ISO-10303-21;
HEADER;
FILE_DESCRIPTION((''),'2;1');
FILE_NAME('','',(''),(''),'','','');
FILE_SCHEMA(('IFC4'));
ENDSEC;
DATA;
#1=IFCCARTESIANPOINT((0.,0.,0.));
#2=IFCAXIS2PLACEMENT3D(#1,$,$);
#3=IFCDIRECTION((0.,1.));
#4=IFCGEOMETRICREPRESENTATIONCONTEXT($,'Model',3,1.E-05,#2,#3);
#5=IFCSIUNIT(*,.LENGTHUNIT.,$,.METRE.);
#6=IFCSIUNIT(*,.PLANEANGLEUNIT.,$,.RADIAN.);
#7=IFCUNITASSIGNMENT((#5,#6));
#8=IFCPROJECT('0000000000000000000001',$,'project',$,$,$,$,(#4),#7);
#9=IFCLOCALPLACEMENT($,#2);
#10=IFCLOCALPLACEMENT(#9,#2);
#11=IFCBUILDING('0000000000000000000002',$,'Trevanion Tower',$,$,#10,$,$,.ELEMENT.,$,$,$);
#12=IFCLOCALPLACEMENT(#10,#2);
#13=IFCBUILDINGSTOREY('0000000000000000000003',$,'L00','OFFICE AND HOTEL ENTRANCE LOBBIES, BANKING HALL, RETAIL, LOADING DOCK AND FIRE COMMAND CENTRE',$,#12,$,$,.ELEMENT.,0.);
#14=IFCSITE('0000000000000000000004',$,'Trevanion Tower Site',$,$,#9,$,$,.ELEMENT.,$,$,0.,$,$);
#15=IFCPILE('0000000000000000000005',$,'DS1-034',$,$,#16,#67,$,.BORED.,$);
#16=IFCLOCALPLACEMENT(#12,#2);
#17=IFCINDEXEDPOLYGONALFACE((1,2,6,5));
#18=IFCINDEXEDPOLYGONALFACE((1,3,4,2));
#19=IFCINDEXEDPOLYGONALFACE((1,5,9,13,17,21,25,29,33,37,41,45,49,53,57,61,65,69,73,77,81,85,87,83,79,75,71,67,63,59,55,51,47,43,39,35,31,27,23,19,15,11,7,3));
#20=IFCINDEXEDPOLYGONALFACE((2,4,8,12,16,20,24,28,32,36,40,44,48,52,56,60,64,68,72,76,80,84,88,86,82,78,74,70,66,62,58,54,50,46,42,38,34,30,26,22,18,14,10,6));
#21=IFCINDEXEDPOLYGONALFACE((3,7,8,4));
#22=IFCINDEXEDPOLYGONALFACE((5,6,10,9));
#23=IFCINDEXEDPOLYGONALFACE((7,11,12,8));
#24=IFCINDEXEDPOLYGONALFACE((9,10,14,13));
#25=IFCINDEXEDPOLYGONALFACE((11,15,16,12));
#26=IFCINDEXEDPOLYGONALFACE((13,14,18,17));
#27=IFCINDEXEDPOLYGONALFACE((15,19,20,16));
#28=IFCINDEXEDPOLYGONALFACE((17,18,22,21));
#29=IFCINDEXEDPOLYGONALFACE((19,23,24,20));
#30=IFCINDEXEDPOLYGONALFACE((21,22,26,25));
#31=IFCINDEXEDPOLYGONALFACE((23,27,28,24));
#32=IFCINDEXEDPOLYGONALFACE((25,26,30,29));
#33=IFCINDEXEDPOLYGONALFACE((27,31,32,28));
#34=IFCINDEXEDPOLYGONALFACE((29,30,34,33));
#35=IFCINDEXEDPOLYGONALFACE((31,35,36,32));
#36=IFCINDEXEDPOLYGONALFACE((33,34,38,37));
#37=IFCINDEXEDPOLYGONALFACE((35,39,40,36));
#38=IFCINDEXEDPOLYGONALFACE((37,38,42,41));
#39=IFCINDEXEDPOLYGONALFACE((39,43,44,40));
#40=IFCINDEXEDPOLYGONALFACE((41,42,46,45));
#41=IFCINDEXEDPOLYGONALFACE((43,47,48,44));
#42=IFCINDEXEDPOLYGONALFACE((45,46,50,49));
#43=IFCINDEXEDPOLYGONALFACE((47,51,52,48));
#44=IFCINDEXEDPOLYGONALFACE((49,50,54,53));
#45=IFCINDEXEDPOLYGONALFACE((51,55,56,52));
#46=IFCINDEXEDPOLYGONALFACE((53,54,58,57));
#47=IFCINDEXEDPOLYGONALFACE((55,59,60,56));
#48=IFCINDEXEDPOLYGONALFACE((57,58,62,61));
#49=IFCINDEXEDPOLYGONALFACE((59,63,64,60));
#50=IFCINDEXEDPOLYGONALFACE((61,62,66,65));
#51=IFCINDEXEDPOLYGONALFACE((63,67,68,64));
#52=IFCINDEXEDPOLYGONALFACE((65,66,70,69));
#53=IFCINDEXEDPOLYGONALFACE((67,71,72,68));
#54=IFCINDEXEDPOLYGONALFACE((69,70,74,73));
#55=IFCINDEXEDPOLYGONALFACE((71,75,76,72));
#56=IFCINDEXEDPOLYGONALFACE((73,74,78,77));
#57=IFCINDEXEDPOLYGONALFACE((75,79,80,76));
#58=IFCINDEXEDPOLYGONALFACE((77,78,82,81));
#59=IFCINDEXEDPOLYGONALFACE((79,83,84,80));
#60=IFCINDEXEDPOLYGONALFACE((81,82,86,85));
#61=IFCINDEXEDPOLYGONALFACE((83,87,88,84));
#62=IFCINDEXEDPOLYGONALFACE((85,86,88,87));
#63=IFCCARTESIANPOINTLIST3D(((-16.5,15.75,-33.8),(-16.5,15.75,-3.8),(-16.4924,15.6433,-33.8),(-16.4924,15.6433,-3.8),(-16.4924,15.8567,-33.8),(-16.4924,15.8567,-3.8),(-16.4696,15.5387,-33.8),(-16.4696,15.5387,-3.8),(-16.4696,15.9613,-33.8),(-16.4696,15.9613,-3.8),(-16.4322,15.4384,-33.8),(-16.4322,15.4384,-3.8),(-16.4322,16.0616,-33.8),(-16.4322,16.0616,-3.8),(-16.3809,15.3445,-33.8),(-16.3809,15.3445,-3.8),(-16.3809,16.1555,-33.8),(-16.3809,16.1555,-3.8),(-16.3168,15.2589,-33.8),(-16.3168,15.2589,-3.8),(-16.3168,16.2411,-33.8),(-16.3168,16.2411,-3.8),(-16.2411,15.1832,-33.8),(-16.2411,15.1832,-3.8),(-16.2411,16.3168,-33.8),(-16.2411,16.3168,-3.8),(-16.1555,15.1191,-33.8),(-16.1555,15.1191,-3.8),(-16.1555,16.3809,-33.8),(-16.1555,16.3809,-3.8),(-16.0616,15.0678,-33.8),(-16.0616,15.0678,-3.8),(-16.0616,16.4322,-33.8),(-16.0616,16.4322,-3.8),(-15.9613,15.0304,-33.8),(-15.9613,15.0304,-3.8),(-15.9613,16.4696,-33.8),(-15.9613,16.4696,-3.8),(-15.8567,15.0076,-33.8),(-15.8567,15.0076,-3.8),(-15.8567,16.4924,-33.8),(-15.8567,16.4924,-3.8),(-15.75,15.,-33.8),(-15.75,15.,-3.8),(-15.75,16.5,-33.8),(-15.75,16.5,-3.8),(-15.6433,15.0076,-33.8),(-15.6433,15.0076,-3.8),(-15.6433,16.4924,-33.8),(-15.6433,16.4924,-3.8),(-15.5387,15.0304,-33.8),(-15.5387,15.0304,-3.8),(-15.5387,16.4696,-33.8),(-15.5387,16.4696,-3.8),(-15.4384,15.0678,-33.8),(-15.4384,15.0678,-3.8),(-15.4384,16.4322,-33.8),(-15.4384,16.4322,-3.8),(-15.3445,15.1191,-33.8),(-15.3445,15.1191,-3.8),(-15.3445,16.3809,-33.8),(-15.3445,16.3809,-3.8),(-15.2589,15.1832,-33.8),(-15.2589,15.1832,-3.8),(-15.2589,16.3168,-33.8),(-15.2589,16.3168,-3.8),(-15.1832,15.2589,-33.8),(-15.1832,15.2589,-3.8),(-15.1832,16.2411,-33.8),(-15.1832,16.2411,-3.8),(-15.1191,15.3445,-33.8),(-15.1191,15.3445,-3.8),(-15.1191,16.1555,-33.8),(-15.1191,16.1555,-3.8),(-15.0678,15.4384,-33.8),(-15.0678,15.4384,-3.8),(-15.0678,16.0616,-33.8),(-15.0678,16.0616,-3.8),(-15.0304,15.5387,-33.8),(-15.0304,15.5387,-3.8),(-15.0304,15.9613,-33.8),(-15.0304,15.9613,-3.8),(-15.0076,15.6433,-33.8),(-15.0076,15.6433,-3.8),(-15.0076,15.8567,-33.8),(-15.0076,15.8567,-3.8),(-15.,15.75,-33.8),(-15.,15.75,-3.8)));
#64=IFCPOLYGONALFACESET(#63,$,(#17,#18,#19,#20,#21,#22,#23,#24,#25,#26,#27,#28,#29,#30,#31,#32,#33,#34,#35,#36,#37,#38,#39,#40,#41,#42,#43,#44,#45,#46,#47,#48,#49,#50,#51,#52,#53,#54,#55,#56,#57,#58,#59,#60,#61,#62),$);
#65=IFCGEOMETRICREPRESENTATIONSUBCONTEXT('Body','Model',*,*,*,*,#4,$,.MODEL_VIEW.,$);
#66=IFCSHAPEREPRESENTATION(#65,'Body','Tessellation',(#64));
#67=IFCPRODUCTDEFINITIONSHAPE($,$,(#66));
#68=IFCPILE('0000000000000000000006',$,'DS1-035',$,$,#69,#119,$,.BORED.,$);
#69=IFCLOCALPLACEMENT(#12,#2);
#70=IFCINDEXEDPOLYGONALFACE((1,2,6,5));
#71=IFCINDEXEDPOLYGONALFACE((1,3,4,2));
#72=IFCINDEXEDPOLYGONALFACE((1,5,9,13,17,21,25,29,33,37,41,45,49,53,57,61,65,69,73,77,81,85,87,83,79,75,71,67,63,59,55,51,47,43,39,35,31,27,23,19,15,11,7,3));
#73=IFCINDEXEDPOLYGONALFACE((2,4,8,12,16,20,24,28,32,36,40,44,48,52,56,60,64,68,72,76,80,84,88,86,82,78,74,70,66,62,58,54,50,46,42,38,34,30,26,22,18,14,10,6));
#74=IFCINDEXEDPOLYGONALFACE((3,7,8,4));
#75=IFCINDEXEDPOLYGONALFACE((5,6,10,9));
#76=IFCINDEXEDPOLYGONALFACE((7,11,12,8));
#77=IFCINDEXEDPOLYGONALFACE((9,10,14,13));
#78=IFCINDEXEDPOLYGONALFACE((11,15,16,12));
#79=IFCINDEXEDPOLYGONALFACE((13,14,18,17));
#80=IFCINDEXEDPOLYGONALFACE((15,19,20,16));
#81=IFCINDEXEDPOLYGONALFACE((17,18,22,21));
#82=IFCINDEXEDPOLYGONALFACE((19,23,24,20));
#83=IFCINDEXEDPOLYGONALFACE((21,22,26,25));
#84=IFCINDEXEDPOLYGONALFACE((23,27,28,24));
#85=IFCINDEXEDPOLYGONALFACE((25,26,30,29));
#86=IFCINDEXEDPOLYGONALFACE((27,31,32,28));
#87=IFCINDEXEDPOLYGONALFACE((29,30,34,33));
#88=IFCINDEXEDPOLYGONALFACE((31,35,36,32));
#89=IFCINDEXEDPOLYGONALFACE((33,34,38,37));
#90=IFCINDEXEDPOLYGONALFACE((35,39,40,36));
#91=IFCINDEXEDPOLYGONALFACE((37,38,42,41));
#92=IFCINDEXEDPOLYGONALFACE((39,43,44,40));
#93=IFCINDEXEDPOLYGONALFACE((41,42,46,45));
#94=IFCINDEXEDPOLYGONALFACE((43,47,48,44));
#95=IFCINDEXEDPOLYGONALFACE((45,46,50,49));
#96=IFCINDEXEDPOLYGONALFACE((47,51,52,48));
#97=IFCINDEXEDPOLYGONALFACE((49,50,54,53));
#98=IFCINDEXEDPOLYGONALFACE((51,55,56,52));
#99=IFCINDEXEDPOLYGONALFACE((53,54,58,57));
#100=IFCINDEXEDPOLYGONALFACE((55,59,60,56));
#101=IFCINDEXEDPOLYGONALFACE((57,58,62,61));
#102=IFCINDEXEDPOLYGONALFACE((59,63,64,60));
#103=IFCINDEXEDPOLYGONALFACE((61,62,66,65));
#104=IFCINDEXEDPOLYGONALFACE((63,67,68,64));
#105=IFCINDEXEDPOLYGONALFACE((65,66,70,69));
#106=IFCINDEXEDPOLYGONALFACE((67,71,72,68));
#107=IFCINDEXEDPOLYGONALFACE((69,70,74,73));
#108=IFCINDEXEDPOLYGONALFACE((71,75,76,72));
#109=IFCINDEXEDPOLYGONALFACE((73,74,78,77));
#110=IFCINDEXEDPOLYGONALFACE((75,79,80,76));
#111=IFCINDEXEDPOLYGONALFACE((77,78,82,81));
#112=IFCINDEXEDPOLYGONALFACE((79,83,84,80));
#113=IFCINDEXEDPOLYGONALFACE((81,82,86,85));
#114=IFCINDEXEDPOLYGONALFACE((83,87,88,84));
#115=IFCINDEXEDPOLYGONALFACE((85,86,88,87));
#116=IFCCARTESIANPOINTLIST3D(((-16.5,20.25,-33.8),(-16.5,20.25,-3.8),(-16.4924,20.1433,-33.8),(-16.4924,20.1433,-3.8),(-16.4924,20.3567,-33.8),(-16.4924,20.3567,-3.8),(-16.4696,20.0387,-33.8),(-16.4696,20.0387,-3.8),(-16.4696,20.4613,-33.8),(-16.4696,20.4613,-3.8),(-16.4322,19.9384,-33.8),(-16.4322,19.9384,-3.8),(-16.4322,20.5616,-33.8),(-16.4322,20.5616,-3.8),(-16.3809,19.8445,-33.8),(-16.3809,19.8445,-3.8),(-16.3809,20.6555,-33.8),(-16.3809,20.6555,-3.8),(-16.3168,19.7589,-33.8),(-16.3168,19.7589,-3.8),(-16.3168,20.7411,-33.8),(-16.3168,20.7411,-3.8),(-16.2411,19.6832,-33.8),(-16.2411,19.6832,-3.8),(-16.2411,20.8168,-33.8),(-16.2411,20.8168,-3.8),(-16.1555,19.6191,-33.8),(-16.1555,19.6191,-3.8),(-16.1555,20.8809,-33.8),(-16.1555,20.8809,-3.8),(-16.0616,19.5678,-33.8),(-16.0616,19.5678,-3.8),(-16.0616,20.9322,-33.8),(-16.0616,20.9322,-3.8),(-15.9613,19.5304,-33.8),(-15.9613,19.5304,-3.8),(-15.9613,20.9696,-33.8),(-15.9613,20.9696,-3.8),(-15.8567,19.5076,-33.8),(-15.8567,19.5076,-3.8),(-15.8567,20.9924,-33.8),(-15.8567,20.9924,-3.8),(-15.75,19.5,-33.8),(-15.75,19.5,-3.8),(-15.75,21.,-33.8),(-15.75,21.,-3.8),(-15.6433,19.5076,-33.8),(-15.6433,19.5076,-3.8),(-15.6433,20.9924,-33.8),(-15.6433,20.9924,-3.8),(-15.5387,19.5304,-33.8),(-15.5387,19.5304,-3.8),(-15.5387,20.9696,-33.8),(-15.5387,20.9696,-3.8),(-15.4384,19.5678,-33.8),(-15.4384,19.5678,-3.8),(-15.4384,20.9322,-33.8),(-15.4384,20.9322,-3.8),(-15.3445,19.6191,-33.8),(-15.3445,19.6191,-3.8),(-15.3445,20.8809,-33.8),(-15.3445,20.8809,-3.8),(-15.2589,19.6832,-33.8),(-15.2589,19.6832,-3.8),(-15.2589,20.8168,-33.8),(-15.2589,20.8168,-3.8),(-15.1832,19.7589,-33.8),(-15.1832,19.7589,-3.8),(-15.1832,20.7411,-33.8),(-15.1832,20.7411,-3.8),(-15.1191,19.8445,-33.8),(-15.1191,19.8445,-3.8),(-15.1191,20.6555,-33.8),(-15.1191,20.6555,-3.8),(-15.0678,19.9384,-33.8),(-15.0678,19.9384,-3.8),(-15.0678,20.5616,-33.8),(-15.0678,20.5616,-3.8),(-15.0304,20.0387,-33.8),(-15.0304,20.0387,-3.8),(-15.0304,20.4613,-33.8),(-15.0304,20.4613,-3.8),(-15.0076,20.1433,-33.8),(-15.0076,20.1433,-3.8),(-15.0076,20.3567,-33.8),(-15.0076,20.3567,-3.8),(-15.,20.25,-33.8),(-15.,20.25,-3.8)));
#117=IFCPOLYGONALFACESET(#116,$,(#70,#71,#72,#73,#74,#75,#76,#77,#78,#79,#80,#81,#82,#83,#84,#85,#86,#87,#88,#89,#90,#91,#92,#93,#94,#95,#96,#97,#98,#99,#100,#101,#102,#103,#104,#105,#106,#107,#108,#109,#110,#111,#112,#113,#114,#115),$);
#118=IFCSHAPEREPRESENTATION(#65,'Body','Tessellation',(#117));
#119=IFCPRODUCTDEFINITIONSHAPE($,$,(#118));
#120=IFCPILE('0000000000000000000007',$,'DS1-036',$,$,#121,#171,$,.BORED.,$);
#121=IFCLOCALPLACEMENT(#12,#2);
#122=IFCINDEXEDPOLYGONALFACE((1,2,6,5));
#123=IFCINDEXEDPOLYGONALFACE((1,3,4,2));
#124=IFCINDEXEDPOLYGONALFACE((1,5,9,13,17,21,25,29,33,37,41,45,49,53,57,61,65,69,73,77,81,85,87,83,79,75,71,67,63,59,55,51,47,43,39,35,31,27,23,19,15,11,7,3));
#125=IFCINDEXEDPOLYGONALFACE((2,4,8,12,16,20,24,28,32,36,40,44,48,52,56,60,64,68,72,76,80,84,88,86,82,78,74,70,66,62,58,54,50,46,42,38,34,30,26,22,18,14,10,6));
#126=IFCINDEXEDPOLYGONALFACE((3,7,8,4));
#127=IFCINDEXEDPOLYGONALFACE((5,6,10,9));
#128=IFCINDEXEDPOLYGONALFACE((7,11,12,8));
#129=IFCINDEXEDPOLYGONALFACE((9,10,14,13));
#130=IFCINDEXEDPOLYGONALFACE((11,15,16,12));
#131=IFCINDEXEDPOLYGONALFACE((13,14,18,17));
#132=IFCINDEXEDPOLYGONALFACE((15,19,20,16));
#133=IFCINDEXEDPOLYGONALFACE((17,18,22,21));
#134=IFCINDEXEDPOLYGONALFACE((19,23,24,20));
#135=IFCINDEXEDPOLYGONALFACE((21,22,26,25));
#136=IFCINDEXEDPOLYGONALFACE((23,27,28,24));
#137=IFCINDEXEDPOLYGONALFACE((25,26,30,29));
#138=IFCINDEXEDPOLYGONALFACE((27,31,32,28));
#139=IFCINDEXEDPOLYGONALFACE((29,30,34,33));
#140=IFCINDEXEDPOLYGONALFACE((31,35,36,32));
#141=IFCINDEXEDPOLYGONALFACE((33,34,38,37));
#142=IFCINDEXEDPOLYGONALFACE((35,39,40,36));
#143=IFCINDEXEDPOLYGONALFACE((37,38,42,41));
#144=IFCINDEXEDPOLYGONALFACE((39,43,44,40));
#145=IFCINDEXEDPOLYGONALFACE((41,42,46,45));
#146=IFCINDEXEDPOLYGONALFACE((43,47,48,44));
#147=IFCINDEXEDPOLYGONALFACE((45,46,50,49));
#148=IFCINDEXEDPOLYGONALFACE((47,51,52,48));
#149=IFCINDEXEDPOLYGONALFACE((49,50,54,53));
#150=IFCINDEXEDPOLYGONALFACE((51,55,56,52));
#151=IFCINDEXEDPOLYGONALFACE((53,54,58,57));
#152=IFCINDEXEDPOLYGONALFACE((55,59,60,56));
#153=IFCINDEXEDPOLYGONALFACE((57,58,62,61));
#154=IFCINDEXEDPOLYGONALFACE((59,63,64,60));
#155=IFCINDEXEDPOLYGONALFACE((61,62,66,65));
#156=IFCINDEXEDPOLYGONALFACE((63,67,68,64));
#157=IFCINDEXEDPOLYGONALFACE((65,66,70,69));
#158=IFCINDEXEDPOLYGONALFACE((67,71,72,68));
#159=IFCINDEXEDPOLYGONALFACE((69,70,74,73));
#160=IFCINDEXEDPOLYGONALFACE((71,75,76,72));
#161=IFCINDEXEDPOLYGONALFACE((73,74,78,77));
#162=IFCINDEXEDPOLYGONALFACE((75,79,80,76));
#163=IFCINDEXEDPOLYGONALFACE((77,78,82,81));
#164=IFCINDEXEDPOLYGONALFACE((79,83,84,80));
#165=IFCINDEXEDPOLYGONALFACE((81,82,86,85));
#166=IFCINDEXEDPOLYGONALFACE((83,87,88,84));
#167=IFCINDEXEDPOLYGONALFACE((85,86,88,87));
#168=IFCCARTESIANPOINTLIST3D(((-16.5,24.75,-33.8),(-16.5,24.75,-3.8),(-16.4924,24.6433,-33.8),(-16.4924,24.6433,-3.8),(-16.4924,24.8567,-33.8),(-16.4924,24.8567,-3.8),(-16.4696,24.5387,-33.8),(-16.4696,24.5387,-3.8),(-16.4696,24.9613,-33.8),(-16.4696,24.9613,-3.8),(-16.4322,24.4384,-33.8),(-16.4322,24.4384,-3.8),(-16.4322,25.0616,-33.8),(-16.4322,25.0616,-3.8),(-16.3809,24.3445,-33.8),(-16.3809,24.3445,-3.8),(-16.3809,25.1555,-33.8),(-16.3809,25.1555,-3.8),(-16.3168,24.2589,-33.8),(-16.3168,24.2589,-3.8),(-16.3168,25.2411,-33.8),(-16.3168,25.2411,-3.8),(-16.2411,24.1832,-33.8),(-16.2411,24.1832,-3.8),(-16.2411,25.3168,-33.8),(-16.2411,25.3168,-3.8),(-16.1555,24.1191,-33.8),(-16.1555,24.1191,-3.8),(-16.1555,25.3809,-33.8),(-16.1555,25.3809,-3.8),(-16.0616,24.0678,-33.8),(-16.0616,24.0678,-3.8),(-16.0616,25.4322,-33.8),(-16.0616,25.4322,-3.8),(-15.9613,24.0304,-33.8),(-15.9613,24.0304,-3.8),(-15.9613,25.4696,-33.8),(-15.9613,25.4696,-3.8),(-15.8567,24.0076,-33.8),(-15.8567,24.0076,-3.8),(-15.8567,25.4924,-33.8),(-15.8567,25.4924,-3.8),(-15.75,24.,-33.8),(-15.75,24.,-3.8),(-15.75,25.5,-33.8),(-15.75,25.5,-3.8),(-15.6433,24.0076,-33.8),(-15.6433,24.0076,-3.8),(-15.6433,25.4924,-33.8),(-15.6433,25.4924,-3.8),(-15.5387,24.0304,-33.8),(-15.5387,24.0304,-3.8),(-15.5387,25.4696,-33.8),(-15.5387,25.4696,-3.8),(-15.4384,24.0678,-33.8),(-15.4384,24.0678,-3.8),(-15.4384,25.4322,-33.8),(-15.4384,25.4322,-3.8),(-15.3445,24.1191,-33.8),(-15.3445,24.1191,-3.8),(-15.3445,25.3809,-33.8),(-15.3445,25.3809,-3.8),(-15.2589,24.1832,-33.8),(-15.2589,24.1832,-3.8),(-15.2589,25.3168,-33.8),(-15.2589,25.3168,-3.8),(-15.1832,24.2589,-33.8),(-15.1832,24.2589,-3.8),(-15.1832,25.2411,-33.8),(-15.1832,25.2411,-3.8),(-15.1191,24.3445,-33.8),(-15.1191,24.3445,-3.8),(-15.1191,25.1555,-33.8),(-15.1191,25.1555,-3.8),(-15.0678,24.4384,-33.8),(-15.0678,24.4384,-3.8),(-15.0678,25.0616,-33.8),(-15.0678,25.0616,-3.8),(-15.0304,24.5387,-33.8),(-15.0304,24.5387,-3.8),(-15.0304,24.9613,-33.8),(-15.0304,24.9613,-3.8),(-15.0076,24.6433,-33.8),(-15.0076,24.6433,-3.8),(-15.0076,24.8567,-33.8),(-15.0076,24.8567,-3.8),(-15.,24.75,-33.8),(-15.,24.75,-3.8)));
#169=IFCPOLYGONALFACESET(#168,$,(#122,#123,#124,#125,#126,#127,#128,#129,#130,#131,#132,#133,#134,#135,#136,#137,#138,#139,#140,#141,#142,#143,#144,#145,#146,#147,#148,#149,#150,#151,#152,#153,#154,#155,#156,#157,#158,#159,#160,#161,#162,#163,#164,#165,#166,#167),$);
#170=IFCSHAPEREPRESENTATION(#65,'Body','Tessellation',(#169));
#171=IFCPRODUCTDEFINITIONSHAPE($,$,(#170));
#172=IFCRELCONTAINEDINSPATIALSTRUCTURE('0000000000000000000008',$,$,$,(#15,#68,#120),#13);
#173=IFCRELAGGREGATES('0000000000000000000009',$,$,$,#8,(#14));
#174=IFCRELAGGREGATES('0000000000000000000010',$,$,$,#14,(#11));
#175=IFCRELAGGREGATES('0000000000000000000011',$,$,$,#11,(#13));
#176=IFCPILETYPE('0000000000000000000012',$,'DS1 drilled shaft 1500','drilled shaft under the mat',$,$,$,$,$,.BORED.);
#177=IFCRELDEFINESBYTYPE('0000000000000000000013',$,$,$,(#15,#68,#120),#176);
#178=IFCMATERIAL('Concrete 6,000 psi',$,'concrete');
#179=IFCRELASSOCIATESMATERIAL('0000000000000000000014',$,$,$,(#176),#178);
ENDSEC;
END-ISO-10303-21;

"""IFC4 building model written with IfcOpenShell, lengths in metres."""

from ifc_helpers import new_model, si_unit, direction, frame, origin, origin_2d, place, context, subcontext, project, spatial, circle, extrude, material, material_profile, profile_set, type_object, element, save


model = new_model("IFC4")

# Units and contexts
model_context = context("Model", 3, precision=1e-05, world=origin(), true_north=direction((0.0, 1.0)))
body_context = subcontext(model_context, "Body", "Model", "MODEL_VIEW")
ifc_project = project(units=[si_unit("LENGTHUNIT", "METRE"), si_unit("PLANEANGLEUNIT", "RADIAN")], contexts=[model_context])

# Site, building, storey
site_placement = place(None, origin())
site = spatial("IfcSite", under=ifc_project, at=site_placement, Name="Trevanion Tower Site", CompositionType="ELEMENT", RefElevation=0.0)
building_placement = place(site_placement, origin())
building = spatial("IfcBuilding", under=site, at=building_placement, Name="Trevanion Tower", CompositionType="ELEMENT")
storey_placement = place(building_placement, origin())
storey = spatial("IfcBuildingStorey", under=building, at=storey_placement, Name="L00", Description="OFFICE AND HOTEL ENTRANCE LOBBIES, BANKING HALL, RETAIL, LOADING DOCK AND FIRE COMMAND CENTRE", CompositionType="ELEMENT", Elevation=0.0)

# Piles
ifc_material_1 = material(Name="Concrete 6,000 psi", Category="concrete")
ifc_material_profile_1 = material_profile(ifc_material_1, circle(Radius=0.75, at=origin_2d()), Name="DS1 drilled shaft 1500")
ifc_profile_set_1 = profile_set([ifc_material_profile_1], Name="Concrete 6,000 psi")
pile_type_1 = type_object("IfcPileType", Name="DS1 drilled shaft 1500", Description="drilled shaft under the mat", PredefinedType="BORED", material=ifc_profile_set_1)
for number, where, z_axis, x_axis, name in (
    (1, (-15.75, 15.75, -3.8), (0.0, 0.0, -1.0), (1.0, 0.0, 0.0), "DS1-034"),
    (2, (-15.75, 20.25, -3.8), (0.0, 0.0, -1.0), (1.0, 0.0, 0.0), "DS1-035"),
    (3, (-15.75, 24.75, -3.8), (0.0, 0.0, -1.0), (1.0, 0.0, 0.0), "DS1-036"),
):
    element("IfcPile", number, at=place(storey_placement, frame(where, z_axis=z_axis, x_axis=x_axis)), inside=storey, type_object=pile_type_1, Name=name, PredefinedType="BORED", context=body_context, shape_type="SweptSolid", body=[
        extrude(circle(Radius=0.75, at=origin_2d()), origin(), (0.0, 0.0, 1.0), 30.0),
    ])

save(model, "model.ifc")
